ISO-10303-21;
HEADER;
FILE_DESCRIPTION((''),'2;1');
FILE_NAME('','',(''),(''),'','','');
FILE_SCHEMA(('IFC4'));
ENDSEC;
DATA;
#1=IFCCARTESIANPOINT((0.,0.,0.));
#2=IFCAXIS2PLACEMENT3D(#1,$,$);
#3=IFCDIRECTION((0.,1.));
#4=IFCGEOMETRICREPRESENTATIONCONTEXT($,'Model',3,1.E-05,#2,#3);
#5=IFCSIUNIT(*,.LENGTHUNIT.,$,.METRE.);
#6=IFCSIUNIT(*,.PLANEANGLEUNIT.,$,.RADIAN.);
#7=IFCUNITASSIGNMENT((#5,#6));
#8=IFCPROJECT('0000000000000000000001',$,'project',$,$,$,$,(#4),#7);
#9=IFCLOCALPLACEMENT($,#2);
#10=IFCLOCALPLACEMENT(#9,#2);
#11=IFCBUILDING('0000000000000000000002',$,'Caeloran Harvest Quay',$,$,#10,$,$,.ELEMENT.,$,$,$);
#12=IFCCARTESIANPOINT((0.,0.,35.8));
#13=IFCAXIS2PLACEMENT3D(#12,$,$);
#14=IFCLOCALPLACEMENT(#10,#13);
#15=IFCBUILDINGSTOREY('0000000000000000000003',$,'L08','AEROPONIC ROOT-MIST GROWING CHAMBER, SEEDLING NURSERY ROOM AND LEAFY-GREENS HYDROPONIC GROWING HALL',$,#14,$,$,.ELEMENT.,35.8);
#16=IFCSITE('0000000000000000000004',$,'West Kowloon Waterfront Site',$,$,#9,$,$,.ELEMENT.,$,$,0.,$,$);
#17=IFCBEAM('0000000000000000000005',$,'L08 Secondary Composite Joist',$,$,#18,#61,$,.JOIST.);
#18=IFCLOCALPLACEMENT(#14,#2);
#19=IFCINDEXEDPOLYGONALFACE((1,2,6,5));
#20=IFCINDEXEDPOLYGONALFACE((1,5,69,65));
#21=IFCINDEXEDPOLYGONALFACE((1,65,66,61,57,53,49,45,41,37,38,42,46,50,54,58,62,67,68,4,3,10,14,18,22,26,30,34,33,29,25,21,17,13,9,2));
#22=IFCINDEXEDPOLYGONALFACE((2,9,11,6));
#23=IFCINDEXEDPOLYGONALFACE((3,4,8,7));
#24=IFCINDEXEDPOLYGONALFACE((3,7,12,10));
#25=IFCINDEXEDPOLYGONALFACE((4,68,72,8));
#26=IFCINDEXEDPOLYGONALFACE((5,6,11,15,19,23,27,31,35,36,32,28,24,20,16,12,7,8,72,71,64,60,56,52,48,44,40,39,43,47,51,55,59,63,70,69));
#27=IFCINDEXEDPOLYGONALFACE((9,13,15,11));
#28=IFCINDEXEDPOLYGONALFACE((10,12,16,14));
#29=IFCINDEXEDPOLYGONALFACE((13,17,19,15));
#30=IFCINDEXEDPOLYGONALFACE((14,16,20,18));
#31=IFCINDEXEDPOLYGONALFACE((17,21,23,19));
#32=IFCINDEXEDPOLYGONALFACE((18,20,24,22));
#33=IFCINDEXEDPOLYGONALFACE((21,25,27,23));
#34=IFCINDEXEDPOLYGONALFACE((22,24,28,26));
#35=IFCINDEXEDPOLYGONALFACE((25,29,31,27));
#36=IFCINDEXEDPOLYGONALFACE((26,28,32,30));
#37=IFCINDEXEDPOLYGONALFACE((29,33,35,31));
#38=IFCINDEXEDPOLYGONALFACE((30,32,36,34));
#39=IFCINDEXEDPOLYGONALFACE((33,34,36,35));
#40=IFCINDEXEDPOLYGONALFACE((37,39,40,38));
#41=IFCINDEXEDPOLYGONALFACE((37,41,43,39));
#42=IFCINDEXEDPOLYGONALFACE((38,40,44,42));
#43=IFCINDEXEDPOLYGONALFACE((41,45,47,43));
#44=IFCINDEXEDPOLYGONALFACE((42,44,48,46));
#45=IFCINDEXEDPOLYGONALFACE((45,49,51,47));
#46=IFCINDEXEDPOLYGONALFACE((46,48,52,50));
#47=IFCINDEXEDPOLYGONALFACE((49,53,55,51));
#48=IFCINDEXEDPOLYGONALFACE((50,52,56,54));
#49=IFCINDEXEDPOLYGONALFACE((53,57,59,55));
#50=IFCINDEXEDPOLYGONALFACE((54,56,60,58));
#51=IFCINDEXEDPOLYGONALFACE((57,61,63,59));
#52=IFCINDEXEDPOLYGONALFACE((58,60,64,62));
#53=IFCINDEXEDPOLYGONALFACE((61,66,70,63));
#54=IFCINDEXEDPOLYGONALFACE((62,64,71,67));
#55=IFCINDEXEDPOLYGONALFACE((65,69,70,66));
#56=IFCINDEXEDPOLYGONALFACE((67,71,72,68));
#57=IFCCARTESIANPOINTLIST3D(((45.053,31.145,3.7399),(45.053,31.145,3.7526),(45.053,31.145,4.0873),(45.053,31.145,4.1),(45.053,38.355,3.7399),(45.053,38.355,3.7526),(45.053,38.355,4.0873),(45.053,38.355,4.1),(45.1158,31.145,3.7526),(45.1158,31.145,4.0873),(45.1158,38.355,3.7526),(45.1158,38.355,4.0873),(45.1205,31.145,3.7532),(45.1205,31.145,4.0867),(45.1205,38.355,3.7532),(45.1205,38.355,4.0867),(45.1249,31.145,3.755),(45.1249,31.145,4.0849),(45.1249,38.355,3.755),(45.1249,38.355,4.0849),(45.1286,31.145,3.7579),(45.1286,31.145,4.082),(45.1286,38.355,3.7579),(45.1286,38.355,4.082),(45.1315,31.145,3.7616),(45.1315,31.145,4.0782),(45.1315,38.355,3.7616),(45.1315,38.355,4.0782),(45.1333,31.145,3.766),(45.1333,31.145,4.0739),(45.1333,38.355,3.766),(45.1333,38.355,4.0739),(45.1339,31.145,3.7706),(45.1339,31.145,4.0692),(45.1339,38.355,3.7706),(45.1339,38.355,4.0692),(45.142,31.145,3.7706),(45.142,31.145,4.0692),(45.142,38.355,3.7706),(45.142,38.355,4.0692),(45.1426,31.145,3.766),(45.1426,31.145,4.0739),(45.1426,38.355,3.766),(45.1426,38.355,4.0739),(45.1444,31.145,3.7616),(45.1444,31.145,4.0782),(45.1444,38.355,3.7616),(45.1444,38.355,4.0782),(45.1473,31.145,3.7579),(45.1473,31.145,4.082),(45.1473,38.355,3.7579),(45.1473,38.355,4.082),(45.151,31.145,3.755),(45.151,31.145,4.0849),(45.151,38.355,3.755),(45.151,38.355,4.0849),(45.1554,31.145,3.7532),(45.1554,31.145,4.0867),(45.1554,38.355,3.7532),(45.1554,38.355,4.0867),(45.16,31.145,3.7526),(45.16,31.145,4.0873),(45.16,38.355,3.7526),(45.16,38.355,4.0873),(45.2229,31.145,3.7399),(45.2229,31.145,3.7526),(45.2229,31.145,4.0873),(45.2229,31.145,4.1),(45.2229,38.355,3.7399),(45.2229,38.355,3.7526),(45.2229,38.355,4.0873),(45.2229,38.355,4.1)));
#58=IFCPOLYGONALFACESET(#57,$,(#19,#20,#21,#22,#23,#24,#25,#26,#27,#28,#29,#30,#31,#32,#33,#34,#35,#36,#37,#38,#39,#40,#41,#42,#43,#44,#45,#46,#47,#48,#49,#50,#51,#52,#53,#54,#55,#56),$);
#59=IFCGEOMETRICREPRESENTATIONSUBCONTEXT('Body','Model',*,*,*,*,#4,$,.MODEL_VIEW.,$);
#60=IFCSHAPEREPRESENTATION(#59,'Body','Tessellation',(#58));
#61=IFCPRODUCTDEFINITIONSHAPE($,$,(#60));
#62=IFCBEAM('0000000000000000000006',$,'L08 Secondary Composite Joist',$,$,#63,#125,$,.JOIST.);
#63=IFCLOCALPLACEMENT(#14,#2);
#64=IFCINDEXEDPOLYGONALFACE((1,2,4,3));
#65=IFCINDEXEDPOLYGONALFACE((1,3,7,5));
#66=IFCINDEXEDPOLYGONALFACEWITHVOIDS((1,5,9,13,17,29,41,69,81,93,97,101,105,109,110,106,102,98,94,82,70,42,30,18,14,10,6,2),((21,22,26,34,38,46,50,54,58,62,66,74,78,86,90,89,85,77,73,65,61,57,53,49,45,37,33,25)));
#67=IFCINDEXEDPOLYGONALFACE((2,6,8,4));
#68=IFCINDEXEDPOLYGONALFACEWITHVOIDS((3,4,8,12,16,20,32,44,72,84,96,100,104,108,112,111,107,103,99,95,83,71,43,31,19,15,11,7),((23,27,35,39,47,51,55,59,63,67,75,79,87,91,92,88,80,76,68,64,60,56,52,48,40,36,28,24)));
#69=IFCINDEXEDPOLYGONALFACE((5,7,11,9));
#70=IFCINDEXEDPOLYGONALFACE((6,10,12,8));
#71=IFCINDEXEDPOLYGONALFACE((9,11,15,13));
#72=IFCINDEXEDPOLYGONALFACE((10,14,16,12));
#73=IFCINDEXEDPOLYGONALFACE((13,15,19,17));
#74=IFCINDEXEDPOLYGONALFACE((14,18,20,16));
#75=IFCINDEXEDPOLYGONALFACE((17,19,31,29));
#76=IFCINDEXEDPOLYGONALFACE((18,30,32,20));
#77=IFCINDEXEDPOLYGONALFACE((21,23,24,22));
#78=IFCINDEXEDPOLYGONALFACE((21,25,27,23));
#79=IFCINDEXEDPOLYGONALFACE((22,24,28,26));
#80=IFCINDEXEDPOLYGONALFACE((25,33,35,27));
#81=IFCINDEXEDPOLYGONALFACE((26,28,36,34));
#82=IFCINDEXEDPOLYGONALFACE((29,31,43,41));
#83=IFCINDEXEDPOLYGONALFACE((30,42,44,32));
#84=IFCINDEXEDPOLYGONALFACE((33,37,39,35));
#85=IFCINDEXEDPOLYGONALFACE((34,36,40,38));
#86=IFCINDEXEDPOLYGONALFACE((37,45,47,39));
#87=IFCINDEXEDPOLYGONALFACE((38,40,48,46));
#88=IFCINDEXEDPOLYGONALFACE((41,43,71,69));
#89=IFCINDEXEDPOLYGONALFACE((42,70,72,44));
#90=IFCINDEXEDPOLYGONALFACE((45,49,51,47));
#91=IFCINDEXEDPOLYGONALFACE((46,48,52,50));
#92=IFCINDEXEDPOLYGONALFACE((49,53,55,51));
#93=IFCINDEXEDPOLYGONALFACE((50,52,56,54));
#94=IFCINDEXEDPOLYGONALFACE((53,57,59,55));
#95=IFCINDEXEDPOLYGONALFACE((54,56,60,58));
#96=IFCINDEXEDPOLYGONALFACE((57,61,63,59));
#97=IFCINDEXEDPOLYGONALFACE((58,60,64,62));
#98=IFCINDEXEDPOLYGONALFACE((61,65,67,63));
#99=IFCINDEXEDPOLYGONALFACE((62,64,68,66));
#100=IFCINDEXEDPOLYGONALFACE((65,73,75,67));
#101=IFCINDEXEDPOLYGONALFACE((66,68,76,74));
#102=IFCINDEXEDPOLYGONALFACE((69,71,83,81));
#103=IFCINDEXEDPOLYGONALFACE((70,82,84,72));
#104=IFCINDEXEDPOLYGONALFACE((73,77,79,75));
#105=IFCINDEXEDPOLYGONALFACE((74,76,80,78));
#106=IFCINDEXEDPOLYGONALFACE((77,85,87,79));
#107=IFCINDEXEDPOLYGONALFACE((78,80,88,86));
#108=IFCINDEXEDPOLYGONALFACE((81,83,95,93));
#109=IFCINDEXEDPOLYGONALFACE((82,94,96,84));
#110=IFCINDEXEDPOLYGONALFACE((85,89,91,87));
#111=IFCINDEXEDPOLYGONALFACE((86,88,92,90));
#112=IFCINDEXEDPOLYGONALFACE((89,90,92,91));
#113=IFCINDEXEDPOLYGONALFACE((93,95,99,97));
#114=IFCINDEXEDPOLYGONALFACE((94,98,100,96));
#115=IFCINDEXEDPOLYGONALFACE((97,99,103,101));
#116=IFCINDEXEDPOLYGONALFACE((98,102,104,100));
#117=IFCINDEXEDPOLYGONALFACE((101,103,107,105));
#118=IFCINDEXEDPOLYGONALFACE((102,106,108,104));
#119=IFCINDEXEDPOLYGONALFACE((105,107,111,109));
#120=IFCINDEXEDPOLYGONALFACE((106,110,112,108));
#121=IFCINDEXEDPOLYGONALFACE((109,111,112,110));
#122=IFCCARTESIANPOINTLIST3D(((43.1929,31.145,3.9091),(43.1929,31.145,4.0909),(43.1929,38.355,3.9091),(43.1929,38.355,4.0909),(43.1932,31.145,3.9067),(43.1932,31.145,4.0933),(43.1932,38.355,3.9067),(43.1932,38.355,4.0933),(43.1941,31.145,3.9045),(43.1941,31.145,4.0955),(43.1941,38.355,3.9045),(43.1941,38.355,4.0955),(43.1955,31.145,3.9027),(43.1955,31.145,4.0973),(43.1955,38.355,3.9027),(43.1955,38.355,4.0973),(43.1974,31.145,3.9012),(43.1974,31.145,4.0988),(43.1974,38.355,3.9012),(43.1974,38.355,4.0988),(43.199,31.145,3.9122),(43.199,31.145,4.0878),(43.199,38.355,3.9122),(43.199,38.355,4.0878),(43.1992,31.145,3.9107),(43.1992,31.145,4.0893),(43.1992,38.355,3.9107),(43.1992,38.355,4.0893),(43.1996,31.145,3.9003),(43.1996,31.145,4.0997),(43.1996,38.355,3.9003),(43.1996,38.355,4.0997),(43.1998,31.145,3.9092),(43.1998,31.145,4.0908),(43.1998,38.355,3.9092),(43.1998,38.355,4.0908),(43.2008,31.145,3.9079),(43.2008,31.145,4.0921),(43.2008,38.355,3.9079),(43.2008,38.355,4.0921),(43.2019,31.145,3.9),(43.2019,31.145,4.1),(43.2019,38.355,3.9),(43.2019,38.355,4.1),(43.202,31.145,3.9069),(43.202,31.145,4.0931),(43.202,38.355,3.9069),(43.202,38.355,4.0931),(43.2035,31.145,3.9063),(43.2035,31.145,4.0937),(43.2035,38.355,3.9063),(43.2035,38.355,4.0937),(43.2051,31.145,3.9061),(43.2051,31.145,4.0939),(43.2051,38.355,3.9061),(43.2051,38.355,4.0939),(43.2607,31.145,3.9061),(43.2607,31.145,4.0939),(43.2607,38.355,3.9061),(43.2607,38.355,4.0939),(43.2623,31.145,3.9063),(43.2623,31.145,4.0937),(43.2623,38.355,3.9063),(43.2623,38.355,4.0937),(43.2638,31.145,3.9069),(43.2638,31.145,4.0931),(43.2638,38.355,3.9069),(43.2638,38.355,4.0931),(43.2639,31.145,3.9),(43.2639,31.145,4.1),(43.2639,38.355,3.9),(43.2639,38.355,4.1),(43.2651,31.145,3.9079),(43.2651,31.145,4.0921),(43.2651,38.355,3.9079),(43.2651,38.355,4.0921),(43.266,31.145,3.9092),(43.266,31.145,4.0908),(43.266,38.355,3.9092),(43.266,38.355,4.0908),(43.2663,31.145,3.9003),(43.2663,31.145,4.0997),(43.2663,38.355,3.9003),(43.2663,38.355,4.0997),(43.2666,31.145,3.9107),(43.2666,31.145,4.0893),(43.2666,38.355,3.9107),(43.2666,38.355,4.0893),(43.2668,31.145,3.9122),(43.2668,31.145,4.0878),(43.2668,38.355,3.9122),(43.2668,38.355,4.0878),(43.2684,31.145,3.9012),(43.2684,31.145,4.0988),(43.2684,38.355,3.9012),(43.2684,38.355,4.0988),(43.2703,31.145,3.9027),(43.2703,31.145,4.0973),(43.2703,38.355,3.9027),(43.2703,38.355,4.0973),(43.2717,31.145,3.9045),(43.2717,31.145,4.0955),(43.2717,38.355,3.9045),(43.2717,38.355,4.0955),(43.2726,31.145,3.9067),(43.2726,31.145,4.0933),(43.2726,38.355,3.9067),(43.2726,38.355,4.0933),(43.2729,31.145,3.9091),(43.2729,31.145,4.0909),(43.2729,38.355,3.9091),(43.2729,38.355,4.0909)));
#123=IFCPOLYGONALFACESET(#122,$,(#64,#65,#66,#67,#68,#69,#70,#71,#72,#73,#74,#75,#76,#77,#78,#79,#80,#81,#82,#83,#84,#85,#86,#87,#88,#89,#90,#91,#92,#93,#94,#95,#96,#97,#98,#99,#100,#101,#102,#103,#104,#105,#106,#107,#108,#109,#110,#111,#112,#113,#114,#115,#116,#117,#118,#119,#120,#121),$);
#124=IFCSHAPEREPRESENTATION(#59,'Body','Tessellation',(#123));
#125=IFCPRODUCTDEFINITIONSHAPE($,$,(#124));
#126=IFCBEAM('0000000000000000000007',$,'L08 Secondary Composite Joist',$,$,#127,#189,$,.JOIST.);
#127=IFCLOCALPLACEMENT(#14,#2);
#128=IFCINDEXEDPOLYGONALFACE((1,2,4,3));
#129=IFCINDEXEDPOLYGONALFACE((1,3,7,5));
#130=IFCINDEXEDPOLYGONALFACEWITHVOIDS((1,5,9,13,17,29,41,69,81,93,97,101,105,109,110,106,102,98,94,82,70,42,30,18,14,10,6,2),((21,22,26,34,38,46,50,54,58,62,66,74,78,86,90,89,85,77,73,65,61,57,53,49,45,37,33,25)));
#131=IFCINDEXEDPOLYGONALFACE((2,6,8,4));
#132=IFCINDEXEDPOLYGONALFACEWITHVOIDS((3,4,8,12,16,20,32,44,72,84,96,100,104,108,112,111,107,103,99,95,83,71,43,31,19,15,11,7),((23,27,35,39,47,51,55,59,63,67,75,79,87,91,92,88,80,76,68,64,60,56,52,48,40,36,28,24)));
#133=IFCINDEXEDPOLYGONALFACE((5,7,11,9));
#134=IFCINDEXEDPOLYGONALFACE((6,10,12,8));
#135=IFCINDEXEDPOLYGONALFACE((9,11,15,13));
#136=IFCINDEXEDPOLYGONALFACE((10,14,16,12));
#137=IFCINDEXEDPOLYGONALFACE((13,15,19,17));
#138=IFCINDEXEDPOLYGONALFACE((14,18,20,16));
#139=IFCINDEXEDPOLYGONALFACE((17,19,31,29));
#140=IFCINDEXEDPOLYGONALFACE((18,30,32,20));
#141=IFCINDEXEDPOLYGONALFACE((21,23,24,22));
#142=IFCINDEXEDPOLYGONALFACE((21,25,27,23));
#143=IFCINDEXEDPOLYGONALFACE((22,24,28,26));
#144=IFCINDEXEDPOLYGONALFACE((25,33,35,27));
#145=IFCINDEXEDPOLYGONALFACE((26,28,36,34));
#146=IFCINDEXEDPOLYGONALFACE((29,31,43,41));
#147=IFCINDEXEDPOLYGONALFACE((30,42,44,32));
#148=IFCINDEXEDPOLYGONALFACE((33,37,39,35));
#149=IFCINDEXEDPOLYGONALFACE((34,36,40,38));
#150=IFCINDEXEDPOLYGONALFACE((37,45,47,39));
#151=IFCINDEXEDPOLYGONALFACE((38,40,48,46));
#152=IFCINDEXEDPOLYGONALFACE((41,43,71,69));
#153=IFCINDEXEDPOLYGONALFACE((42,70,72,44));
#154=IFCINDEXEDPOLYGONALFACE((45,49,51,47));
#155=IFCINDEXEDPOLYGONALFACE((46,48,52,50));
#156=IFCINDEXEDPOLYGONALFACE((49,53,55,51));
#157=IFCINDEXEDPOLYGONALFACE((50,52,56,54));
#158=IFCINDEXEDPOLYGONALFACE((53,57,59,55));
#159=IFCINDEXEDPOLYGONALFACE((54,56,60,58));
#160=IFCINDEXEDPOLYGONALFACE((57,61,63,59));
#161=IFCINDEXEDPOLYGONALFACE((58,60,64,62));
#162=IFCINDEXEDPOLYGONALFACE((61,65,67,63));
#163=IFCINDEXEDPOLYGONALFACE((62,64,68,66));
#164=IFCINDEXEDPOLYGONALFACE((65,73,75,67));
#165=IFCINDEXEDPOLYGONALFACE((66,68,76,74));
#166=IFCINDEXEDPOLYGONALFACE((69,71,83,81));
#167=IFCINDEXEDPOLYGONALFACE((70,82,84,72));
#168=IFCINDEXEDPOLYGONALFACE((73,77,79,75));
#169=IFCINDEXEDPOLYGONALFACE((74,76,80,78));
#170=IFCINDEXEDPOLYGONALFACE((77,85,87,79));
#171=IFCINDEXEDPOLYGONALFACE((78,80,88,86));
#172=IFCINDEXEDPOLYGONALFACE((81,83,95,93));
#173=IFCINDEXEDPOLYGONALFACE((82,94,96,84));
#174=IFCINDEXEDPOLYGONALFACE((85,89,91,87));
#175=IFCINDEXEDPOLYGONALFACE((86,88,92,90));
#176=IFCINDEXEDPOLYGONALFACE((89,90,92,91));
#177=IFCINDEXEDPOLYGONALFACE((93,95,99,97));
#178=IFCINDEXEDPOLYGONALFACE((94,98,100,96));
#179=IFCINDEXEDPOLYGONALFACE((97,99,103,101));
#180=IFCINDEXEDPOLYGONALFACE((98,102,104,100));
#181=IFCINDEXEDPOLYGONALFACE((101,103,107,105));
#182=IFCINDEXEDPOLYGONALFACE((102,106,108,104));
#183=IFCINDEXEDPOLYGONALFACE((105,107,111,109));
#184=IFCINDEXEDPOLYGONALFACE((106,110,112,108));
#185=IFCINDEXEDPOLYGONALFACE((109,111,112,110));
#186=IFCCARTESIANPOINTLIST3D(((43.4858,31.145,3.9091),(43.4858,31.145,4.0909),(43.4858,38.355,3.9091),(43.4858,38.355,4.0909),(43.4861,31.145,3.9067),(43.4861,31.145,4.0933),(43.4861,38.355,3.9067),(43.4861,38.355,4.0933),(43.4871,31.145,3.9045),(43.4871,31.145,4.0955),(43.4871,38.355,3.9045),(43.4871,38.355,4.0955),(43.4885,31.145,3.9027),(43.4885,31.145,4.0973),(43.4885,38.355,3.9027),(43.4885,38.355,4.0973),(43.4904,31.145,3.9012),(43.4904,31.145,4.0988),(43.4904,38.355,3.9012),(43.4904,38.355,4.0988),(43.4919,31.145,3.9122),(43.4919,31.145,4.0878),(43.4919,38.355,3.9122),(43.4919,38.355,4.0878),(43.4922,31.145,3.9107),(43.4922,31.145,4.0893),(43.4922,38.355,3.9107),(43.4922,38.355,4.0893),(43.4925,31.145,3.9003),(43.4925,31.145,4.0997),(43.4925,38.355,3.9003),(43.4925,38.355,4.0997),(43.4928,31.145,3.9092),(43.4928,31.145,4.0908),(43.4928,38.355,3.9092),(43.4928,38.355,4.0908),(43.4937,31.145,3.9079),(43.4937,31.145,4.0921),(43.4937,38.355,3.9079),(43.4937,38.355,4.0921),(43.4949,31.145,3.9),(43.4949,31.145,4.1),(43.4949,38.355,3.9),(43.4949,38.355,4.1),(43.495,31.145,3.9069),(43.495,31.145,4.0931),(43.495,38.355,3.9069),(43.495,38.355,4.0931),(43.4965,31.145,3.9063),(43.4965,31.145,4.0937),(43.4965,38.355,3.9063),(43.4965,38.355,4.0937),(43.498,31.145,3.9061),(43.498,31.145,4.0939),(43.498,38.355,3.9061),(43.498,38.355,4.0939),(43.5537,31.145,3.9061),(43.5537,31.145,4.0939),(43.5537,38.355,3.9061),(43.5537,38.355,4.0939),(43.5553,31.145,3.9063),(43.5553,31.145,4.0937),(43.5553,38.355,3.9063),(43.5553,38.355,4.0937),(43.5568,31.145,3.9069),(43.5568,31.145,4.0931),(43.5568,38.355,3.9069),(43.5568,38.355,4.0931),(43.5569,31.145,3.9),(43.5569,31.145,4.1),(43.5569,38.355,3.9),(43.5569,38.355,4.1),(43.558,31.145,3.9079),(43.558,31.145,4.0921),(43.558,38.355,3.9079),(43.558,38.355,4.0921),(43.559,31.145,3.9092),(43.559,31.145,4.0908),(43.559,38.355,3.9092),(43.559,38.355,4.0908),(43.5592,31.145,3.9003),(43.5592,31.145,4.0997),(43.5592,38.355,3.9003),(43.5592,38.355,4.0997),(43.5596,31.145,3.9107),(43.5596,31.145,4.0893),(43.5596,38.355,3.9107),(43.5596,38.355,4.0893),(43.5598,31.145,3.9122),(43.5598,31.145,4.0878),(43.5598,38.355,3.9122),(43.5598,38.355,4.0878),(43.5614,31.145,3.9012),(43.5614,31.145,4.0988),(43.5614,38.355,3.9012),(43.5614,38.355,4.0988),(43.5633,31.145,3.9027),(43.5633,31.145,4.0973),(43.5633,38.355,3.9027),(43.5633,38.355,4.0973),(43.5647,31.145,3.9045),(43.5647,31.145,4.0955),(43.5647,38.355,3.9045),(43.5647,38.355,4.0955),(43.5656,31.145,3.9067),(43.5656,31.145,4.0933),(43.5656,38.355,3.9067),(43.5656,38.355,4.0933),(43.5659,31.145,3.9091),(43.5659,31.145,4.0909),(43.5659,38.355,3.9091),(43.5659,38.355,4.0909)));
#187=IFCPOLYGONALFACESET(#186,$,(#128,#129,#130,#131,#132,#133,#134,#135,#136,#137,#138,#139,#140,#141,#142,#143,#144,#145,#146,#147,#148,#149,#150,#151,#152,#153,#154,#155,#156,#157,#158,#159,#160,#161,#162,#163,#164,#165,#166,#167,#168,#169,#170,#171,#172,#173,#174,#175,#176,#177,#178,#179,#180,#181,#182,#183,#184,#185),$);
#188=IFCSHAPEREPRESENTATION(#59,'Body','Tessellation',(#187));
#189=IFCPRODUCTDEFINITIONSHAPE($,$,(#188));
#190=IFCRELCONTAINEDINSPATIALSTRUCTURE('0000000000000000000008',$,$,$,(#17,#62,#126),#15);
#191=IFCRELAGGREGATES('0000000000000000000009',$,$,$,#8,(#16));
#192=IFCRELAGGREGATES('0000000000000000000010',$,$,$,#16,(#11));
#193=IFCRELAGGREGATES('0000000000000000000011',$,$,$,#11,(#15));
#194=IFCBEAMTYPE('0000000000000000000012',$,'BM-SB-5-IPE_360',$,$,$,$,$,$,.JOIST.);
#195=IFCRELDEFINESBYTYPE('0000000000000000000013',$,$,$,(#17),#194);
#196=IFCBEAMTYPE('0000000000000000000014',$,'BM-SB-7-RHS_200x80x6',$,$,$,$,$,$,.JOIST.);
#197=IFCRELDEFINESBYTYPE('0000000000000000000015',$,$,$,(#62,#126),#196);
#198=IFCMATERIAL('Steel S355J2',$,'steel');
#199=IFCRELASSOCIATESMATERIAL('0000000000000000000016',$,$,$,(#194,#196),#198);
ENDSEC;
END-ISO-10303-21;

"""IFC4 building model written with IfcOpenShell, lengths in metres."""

from ifc_helpers import new_model, si_unit, direction, frame, origin, origin_2d, place, context, subcontext, project, spatial, hollow_rectangle, i_section, extrude, material, material_profile, profile_set, type_object, element, save


model = new_model("IFC4")

# Units and contexts
model_context = context("Model", 3, precision=1e-05, world=origin(), true_north=direction((0.0, 1.0)))
body_context = subcontext(model_context, "Body", "Model", "MODEL_VIEW")
ifc_project = project(units=[si_unit("LENGTHUNIT", "METRE"), si_unit("PLANEANGLEUNIT", "RADIAN")], contexts=[model_context])

# Site, building, storey
site_placement = place(None, origin())
site = spatial("IfcSite", under=ifc_project, at=site_placement, Name="West Kowloon Waterfront Site", CompositionType="ELEMENT", RefElevation=0.0)
building_placement = place(site_placement, origin())
building = spatial("IfcBuilding", under=site, at=building_placement, Name="Caeloran Harvest Quay", CompositionType="ELEMENT")
storey_placement = place(building_placement, frame((0.0, 0.0, 35.8)))
storey = spatial("IfcBuildingStorey", under=building, at=storey_placement, Name="L08", Description="AEROPONIC ROOT-MIST GROWING CHAMBER, SEEDLING NURSERY ROOM AND LEAFY-GREENS HYDROPONIC GROWING HALL", CompositionType="ELEMENT", Elevation=35.8)

# Beams
ifc_material_1 = material(Name="Steel S355J2", Category="steel")
ifc_material_profile_1 = material_profile(ifc_material_1, i_section(OverallWidth=0.1699, OverallDepth=0.3601, WebThickness=0.0081, FlangeThickness=0.0127, FilletRadius=0.0181, at=origin_2d()), Name="IPE 360")
ifc_profile_set_1 = profile_set([ifc_material_profile_1], Name="Steel S355J2")
beam_type_1 = type_object("IfcBeamType", Name="BM-SB-5-IPE_360", PredefinedType="JOIST", material=ifc_profile_set_1)
for number, where, z_axis, x_axis, name in (
    (1, (45.1379, 31.145, 3.9199), (0.0, 1.0, 0.0), (-1.0, 0.0, 0.0), "L08 Secondary Composite Joist"),
):
    element("IfcBeam", number, at=place(storey_placement, frame(where, z_axis=z_axis, x_axis=x_axis)), inside=storey, type_object=beam_type_1, Name=name, PredefinedType="JOIST", context=body_context, shape_type="SweptSolid", body=[
        extrude(i_section(OverallWidth=0.1699, OverallDepth=0.3601, WebThickness=0.0081, FlangeThickness=0.0127, FilletRadius=0.0181, at=origin_2d()), origin(), (0.0, 0.0, 1.0), 7.21),
    ])
ifc_material_profile_2 = material_profile(ifc_material_1, hollow_rectangle(XDim=0.0801, YDim=0.2, WallThickness=0.0061, InnerFilletRadius=0.0061, OuterFilletRadius=0.009, at=origin_2d()), Name="RHS 200x80x6")
ifc_profile_set_2 = profile_set([ifc_material_profile_2], Name="Steel S355J2")
beam_type_2 = type_object("IfcBeamType", Name="BM-SB-7-RHS_200x80x6", PredefinedType="JOIST", material=ifc_profile_set_2)
for number, where, z_axis, x_axis, name in (
    (2, (43.2329, 31.145, 4.0), (0.0, 1.0, 0.0), (-1.0, 0.0, 0.0), "L08 Secondary Composite Joist"),
    (3, (43.5259, 31.145, 4.0), (0.0, 1.0, 0.0), (-1.0, 0.0, 0.0), "L08 Secondary Composite Joist"),
):
    element("IfcBeam", number, at=place(storey_placement, frame(where, z_axis=z_axis, x_axis=x_axis)), inside=storey, type_object=beam_type_2, Name=name, PredefinedType="JOIST", context=body_context, shape_type="SweptSolid", body=[
        extrude(hollow_rectangle(XDim=0.0801, YDim=0.2, WallThickness=0.0061, InnerFilletRadius=0.0061, OuterFilletRadius=0.009, at=origin_2d()), origin(), (0.0, 0.0, 1.0), 7.21),
    ])

save(model, "model.ifc")
